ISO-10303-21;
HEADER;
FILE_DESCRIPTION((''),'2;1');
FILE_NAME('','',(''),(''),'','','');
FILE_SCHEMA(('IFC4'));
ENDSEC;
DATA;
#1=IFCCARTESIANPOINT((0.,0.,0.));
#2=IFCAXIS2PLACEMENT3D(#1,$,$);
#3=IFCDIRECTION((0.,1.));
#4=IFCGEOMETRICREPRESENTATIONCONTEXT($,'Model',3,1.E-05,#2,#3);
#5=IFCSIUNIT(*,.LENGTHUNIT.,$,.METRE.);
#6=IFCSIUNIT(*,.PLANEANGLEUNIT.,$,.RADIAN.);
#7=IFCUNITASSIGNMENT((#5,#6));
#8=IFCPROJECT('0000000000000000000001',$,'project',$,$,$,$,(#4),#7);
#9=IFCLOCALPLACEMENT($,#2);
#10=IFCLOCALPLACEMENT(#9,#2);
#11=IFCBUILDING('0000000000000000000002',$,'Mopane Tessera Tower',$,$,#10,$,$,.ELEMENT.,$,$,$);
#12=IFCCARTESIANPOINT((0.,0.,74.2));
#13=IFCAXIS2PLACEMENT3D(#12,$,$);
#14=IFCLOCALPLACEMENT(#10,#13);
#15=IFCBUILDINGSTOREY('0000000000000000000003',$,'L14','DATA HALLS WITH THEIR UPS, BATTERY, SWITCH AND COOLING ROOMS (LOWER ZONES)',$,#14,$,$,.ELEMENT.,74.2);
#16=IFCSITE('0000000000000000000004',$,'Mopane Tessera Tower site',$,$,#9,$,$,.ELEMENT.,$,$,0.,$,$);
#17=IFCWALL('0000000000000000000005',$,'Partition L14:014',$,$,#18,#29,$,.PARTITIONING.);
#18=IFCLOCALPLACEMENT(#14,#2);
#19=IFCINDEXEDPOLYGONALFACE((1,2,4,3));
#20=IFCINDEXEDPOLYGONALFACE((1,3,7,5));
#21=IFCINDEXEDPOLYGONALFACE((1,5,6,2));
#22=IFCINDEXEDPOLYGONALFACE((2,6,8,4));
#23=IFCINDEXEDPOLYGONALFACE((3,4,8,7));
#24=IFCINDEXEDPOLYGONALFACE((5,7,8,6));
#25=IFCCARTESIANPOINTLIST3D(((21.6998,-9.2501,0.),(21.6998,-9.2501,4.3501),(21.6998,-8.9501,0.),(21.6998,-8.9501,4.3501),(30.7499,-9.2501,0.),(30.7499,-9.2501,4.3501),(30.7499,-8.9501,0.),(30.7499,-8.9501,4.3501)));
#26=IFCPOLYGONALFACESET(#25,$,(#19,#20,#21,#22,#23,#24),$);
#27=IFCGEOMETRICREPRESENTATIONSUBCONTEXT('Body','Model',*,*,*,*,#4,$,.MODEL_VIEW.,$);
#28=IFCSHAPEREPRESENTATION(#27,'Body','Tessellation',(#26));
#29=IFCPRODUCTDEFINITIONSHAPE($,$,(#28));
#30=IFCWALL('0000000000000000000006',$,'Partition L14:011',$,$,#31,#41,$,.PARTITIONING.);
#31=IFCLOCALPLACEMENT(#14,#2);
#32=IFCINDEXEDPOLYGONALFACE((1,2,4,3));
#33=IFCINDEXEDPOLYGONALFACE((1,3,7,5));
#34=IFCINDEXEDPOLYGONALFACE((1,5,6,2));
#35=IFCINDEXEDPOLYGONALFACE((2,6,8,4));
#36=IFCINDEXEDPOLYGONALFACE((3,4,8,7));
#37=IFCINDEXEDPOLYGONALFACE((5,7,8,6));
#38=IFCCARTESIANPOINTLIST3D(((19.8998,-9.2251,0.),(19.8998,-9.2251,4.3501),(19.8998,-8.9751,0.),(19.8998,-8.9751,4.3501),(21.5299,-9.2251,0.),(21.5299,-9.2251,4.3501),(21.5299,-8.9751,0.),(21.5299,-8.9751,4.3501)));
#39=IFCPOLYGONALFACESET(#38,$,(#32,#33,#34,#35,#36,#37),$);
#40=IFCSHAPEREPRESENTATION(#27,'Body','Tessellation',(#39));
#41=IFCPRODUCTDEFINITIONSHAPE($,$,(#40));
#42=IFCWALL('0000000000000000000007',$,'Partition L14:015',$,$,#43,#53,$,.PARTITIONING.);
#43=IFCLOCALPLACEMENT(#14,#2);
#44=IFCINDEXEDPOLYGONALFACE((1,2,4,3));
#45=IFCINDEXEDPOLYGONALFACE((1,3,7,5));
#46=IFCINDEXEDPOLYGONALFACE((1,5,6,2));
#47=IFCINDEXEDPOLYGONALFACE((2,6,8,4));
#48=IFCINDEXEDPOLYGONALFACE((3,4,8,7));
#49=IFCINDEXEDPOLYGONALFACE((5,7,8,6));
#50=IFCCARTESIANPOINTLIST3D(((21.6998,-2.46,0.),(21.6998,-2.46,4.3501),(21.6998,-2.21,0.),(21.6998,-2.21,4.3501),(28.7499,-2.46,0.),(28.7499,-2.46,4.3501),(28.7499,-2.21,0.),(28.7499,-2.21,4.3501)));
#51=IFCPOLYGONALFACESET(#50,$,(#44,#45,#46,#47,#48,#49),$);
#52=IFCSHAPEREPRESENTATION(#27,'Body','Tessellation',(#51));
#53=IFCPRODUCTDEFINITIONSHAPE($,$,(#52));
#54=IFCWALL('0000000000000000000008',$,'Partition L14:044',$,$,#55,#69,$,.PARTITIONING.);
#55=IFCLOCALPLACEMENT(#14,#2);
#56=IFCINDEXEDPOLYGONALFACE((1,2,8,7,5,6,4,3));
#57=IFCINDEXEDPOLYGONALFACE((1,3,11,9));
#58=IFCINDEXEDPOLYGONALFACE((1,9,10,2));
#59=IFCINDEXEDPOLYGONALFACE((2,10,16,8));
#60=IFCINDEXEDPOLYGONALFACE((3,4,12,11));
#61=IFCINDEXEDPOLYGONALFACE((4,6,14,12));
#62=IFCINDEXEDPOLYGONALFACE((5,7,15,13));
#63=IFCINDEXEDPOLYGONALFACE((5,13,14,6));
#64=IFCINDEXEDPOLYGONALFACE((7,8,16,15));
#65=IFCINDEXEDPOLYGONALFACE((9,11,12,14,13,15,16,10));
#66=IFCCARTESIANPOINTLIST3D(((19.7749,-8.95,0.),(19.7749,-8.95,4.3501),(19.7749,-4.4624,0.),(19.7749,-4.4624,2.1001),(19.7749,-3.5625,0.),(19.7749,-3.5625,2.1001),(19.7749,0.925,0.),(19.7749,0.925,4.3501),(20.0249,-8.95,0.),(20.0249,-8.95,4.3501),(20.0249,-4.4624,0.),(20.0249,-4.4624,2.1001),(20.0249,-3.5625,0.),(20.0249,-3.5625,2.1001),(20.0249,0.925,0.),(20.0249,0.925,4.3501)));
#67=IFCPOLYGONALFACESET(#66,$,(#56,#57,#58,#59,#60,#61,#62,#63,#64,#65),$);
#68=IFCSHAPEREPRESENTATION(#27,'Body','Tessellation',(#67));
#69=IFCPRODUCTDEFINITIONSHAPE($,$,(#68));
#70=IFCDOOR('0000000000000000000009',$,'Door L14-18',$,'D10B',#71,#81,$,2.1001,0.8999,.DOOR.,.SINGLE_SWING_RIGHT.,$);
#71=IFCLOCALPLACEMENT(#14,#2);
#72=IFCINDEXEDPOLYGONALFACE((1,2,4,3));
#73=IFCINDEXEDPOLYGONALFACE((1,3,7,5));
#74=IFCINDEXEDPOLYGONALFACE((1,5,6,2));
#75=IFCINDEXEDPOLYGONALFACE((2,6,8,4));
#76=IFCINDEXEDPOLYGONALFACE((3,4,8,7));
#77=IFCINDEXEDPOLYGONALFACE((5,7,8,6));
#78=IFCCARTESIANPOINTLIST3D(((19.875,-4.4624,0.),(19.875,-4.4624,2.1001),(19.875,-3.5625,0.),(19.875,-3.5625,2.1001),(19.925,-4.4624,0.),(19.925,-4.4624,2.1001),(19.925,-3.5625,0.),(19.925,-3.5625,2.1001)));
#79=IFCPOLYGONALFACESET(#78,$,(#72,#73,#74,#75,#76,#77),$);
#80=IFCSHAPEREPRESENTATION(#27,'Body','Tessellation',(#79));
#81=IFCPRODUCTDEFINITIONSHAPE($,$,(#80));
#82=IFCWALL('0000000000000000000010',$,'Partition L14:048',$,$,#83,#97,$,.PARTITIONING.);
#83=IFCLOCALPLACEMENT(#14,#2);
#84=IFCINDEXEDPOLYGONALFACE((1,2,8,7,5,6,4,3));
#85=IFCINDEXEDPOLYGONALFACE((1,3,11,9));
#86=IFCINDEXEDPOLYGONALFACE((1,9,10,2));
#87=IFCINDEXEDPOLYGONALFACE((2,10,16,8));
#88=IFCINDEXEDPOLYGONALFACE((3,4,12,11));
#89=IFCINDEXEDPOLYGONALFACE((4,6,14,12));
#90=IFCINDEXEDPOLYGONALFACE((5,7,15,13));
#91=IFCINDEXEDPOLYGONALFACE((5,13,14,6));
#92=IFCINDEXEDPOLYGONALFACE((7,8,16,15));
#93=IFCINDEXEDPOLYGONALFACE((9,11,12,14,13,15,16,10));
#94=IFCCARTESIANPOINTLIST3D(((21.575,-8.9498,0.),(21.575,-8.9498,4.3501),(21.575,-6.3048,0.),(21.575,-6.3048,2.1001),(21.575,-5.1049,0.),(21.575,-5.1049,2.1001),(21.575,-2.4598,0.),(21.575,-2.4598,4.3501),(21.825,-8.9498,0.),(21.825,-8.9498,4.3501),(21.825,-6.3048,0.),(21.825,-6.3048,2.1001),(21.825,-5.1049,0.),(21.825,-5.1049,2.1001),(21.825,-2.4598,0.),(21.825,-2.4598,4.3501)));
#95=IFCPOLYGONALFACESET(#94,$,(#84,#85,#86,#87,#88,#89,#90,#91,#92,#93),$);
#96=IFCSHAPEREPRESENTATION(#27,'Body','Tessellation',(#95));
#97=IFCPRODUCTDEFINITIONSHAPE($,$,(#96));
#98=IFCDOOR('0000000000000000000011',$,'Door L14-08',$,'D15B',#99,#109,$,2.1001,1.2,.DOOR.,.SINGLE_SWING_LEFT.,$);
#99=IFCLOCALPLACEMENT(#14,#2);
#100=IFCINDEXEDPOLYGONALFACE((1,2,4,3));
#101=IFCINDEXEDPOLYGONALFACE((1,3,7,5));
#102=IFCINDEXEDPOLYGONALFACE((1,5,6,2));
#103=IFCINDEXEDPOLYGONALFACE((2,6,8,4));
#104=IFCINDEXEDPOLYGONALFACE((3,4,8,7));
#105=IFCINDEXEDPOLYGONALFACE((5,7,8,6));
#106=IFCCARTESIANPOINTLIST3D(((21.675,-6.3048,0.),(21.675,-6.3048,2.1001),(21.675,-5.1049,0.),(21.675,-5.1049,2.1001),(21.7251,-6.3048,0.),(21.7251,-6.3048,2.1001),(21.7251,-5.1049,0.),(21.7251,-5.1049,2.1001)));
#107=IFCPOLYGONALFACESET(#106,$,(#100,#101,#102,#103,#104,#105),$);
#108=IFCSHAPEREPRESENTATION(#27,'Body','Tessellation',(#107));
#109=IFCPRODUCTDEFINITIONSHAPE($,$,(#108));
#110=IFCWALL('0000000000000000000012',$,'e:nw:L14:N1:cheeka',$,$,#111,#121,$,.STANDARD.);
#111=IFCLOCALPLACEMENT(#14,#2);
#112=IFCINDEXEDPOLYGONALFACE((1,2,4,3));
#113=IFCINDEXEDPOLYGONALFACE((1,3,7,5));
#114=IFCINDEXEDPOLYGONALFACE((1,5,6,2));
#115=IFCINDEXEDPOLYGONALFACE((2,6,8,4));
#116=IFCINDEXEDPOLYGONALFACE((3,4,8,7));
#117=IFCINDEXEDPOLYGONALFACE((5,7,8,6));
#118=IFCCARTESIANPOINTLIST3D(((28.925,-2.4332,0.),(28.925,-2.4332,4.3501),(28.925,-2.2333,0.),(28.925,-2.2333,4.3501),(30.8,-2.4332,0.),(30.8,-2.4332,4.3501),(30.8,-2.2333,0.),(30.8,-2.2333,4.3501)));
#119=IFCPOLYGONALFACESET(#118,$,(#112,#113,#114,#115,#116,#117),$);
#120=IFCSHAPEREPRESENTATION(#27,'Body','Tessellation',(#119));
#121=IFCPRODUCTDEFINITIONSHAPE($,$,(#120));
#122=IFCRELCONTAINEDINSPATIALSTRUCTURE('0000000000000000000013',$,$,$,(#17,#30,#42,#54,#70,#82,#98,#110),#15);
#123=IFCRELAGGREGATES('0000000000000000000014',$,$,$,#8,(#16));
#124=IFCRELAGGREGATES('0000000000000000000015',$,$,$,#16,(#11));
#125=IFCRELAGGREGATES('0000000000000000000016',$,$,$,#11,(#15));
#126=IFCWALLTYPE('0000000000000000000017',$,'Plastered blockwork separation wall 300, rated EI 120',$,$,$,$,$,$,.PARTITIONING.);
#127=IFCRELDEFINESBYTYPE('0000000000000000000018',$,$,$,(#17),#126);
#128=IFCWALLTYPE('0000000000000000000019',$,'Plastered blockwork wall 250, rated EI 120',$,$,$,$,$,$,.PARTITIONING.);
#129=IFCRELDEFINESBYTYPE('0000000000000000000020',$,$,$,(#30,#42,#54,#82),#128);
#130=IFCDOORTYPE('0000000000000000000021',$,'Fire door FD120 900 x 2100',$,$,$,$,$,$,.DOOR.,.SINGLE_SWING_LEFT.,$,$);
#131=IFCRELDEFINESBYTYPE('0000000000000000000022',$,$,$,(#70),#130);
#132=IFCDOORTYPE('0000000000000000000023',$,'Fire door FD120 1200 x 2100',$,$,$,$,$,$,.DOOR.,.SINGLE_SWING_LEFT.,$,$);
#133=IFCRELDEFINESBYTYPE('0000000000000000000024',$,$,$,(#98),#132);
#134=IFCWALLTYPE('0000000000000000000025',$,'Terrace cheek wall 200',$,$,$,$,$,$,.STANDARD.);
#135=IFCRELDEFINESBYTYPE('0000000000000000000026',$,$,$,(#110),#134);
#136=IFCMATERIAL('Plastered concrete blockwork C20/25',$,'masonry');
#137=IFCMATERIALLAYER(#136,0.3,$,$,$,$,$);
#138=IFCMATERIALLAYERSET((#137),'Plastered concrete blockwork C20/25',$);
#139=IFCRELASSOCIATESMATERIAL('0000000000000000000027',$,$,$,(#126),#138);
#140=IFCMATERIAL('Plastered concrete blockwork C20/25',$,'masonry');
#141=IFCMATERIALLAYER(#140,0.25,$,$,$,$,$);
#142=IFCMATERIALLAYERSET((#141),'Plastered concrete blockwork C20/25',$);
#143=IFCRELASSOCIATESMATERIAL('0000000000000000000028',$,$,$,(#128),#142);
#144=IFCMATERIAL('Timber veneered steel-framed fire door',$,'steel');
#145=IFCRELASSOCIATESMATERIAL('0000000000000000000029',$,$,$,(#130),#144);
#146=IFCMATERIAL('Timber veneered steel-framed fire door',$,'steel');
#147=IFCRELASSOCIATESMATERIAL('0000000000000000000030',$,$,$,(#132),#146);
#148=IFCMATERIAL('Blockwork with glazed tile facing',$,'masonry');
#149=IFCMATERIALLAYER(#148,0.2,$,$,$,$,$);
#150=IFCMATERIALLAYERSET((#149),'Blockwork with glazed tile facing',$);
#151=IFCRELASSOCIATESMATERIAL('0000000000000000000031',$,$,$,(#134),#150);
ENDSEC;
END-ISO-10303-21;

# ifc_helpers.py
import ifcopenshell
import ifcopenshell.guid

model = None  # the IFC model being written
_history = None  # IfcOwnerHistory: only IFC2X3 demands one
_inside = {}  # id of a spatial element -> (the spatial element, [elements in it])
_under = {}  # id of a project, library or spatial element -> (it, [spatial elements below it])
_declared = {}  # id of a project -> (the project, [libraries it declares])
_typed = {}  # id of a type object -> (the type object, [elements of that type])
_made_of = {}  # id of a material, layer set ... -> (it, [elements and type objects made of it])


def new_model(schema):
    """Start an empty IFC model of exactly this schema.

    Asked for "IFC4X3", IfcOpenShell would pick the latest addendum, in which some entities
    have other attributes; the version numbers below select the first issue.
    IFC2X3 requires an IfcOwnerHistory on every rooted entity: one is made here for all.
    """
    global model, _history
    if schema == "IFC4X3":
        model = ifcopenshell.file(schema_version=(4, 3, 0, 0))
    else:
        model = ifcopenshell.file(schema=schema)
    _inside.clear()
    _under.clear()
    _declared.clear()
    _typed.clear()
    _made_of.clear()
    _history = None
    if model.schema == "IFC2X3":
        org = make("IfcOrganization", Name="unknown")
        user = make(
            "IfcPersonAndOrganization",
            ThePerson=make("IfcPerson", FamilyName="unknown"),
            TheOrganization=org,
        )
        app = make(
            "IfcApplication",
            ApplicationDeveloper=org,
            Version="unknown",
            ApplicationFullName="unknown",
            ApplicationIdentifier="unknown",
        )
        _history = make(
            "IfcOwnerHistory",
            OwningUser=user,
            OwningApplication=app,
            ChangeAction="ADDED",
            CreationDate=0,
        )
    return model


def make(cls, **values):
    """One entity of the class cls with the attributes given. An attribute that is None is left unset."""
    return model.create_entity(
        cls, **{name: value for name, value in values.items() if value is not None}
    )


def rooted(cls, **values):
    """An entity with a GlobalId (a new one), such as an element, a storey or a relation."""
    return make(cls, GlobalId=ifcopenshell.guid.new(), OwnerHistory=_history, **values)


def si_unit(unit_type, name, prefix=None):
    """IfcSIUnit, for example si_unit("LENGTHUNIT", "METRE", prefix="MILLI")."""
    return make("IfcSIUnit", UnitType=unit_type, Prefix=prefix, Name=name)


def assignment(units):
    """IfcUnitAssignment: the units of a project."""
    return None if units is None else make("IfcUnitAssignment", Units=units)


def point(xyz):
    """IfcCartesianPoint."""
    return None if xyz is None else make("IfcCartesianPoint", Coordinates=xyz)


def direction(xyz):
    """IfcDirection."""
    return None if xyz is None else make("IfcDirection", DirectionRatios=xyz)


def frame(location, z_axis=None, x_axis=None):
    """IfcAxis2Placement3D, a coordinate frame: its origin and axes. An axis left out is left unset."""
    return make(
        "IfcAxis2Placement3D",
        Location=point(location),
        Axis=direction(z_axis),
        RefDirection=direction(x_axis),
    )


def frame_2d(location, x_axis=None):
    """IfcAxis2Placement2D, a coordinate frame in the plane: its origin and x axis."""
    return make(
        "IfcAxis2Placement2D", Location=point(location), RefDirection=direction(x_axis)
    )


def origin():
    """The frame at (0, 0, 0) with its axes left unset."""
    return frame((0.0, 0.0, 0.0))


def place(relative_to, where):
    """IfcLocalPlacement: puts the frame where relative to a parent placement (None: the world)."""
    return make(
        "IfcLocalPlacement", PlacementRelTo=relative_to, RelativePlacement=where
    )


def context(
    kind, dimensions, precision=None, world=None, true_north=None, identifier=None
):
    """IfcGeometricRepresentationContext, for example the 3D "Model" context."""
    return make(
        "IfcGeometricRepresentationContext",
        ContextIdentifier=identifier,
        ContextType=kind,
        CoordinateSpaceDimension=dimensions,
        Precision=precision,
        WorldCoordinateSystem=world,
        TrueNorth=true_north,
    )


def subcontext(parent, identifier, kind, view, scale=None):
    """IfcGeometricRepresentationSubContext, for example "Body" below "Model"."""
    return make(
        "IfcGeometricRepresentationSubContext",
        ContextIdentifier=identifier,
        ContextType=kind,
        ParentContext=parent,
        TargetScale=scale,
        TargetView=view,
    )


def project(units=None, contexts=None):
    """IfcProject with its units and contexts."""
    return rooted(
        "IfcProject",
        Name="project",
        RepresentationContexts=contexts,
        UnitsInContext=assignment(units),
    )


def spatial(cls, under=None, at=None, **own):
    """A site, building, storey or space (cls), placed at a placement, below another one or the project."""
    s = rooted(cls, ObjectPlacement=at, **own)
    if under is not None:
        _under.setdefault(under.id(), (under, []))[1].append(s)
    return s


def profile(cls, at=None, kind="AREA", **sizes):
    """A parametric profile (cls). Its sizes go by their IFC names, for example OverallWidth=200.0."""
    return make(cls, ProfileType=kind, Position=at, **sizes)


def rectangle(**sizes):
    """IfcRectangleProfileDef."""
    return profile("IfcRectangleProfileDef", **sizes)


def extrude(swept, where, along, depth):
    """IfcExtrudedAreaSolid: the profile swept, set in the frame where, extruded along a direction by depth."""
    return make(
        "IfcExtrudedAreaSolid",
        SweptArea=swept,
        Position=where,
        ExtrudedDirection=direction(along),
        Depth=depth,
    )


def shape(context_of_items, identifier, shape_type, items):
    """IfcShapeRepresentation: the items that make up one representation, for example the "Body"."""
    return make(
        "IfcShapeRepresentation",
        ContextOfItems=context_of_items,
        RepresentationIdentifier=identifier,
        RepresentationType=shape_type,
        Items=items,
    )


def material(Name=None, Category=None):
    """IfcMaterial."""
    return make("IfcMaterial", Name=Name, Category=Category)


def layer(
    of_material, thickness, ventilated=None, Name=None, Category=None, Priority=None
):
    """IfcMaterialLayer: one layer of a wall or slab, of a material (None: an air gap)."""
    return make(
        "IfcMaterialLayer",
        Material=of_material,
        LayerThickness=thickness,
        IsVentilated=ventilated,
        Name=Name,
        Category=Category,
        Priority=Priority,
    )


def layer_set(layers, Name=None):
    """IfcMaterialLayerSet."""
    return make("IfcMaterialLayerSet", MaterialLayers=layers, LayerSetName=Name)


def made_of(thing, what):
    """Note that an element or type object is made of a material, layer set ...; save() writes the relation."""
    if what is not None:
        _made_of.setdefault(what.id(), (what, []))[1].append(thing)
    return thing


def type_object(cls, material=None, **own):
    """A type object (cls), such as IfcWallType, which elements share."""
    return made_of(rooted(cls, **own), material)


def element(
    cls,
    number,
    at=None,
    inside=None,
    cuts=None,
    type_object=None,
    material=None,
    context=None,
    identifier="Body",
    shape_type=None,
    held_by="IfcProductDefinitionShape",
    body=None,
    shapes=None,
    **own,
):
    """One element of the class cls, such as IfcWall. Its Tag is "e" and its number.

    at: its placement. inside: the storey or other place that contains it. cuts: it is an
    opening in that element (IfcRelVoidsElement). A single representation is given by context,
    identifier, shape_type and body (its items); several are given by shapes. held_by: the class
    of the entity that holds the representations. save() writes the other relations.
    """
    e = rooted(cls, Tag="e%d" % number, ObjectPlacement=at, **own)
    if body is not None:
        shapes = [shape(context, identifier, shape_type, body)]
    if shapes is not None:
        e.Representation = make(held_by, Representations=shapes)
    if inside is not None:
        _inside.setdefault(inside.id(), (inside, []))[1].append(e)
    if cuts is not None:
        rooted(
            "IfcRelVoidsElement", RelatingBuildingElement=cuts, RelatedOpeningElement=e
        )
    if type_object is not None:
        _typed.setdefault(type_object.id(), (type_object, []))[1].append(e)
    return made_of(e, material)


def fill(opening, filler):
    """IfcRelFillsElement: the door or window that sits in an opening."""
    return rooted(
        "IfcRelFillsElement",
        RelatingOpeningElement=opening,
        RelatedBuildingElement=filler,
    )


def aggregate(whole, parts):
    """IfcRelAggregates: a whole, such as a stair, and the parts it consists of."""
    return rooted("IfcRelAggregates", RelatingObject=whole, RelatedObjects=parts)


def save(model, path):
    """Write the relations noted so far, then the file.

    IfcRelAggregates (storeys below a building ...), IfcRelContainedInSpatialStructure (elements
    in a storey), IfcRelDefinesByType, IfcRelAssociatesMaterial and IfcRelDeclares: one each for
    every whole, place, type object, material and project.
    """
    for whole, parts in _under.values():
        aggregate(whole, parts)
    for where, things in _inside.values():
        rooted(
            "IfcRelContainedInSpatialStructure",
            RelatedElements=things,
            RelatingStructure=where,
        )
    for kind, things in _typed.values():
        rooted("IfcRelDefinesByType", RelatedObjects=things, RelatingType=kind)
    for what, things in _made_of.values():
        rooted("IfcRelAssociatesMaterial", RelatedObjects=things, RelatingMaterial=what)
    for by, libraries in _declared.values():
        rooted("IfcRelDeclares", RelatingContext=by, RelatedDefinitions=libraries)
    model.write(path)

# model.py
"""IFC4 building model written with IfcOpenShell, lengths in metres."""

from ifc_helpers import new_model, si_unit, direction, frame, frame_2d, origin, place, context, subcontext, project, spatial, rectangle, extrude, material, layer, layer_set, type_object, element, fill, save


model = new_model("IFC4")

# Units and contexts
model_context = context("Model", 3, precision=1e-05, world=origin(), true_north=direction((0.0, 1.0)))
body_context = subcontext(model_context, "Body", "Model", "MODEL_VIEW")
ifc_project = project(units=[si_unit("LENGTHUNIT", "METRE"), si_unit("PLANEANGLEUNIT", "RADIAN")], contexts=[model_context])

# Site, building, storey
site_placement = place(None, origin())
site = spatial("IfcSite", under=ifc_project, at=site_placement, Name="Mopane Tessera Tower site", CompositionType="ELEMENT", RefElevation=0.0)
building_placement = place(site_placement, origin())
building = spatial("IfcBuilding", under=site, at=building_placement, Name="Mopane Tessera Tower", CompositionType="ELEMENT")
storey_placement = place(building_placement, frame((0.0, 0.0, 74.2)))
storey = spatial("IfcBuildingStorey", under=building, at=storey_placement, Name="L14", Description="DATA HALLS WITH THEIR UPS, BATTERY, SWITCH AND COOLING ROOMS (LOWER ZONES)", CompositionType="ELEMENT", Elevation=74.2)

# Walls
ifc_material_1 = material(Name="Plastered concrete blockwork C20/25", Category="masonry")
ifc_layer_1 = layer(ifc_material_1, 0.3)
ifc_layer_set_1 = layer_set([ifc_layer_1], Name="Plastered concrete blockwork C20/25")
wall_type_1 = type_object("IfcWallType", Name="Plastered blockwork separation wall 300, rated EI 120", PredefinedType="PARTITIONING", material=ifc_layer_set_1)
wall_1_placement = place(storey_placement, frame((21.7, -9.1001, 0.0), z_axis=(0.0, 0.0, 1.0), x_axis=(1.0, 0.0, 0.0)))
element("IfcWall", 1, at=wall_1_placement, inside=storey, type_object=wall_type_1, Name="Partition L14:014", PredefinedType="PARTITIONING", context=body_context, shape_type="SweptSolid", body=[
    extrude(rectangle(XDim=9.05, YDim=0.3, at=frame_2d((4.5249, 0.0))), origin(), (0.0, 0.0, 1.0), 4.3501),
])
ifc_material_2 = material(Name="Plastered concrete blockwork C20/25", Category="masonry")
ifc_layer_2 = layer(ifc_material_2, 0.25)
ifc_layer_set_2 = layer_set([ifc_layer_2], Name="Plastered concrete blockwork C20/25")
wall_type_2 = type_object("IfcWallType", Name="Plastered blockwork wall 250, rated EI 120", PredefinedType="PARTITIONING", material=ifc_layer_set_2)
wall_2_placement = place(storey_placement, frame((19.8999, -9.1001, 0.0), z_axis=(0.0, 0.0, 1.0), x_axis=(1.0, 0.0, 0.0)))
element("IfcWall", 2, at=wall_2_placement, inside=storey, type_object=wall_type_2, Name="Partition L14:011", PredefinedType="PARTITIONING", context=body_context, shape_type="SweptSolid", body=[
    extrude(rectangle(XDim=1.6301, YDim=0.25, at=frame_2d((0.8149, 0.0))), origin(), (0.0, 0.0, 1.0), 4.3501),
])
wall_3_placement = place(storey_placement, frame((21.7, -2.335, 0.0), z_axis=(0.0, 0.0, 1.0), x_axis=(1.0, 0.0, 0.0)))
element("IfcWall", 3, at=wall_3_placement, inside=storey, type_object=wall_type_2, Name="Partition L14:015", PredefinedType="PARTITIONING", context=body_context, shape_type="SweptSolid", body=[
    extrude(rectangle(XDim=7.05, YDim=0.25, at=frame_2d((3.5249, 0.0))), origin(), (0.0, 0.0, 1.0), 4.3501),
])

# Walls, openings, doors
wall_4_placement = place(storey_placement, frame((19.8999, -8.95, 0.0), z_axis=(0.0, 0.0, 1.0), x_axis=(0.0, 1.0, 0.0)))
wall_4 = element("IfcWall", 4, at=wall_4_placement, inside=storey, type_object=wall_type_2, Name="Partition L14:044", PredefinedType="PARTITIONING", context=body_context, shape_type="SweptSolid", body=[
    extrude(rectangle(XDim=9.875, YDim=0.25, at=frame_2d((4.9375, 0.0))), origin(), (0.0, 0.0, 1.0), 4.3501),
])
opening_1_placement = place(wall_4_placement, frame((4.4875, 0.0, 0.0)))
opening_1 = element("IfcOpeningElement", 5, at=opening_1_placement, cuts=wall_4, PredefinedType="OPENING", context=body_context, shape_type="SweptSolid", body=[
    extrude(rectangle(XDim=0.8999, YDim=2.1001, at=frame_2d((0.45, 1.05))), frame((0.0, 0.137, 0.0), z_axis=(0.0, -1.0, 0.0), x_axis=(1.0, 0.0, 0.0)), (0.0, 0.0, 1.0), 0.2739),
])
ifc_material_3 = material(Name="Timber veneered steel-framed fire door", Category="steel")
door_type_1 = type_object("IfcDoorType", Name="Fire door FD120 900 x 2100", OperationType="SINGLE_SWING_LEFT", PredefinedType="DOOR", material=ifc_material_3)
door_1_placement = place(opening_1_placement, origin())
door_1 = element("IfcDoor", 6, at=door_1_placement, inside=storey, type_object=door_type_1, Name="Door L14-18", ObjectType="D10B", OperationType="SINGLE_SWING_RIGHT", OverallHeight=2.1001, OverallWidth=0.8999, PredefinedType="DOOR", context=body_context, shape_type="SweptSolid", body=[
    extrude(rectangle(XDim=0.8999, YDim=2.1001, at=frame_2d((0.45, 1.05))), frame((0.0, 0.0249, 0.0), z_axis=(0.0, -1.0, 0.0), x_axis=(1.0, 0.0, 0.0)), (0.0, 0.0, 1.0), 0.05),
])
fill(opening_1, door_1)
wall_5_placement = place(storey_placement, frame((21.7, -8.95, 0.0), z_axis=(0.0, 0.0, 1.0), x_axis=(0.0, 1.0, 0.0)))
wall_5 = element("IfcWall", 7, at=wall_5_placement, inside=storey, type_object=wall_type_2, Name="Partition L14:048", PredefinedType="PARTITIONING", context=body_context, shape_type="SweptSolid", body=[
    extrude(rectangle(XDim=6.49, YDim=0.25, at=frame_2d((3.2451, 0.0))), origin(), (0.0, 0.0, 1.0), 4.3501),
])
opening_2_placement = place(wall_5_placement, frame((2.645, 0.0, 0.0)))
opening_2 = element("IfcOpeningElement", 8, at=opening_2_placement, cuts=wall_5, PredefinedType="OPENING", context=body_context, shape_type="SweptSolid", body=[
    extrude(rectangle(XDim=1.2, YDim=2.1001, at=frame_2d((0.6001, 1.05))), frame((0.0, 0.137, 0.0), z_axis=(0.0, -1.0, 0.0), x_axis=(1.0, 0.0, 0.0)), (0.0, 0.0, 1.0), 0.2739),
])
ifc_material_4 = material(Name="Timber veneered steel-framed fire door", Category="steel")
door_type_2 = type_object("IfcDoorType", Name="Fire door FD120 1200 x 2100", OperationType="SINGLE_SWING_LEFT", PredefinedType="DOOR", material=ifc_material_4)
door_2_placement = place(opening_2_placement, origin())
door_2 = element("IfcDoor", 9, at=door_2_placement, inside=storey, type_object=door_type_2, Name="Door L14-08", ObjectType="D15B", OperationType="SINGLE_SWING_LEFT", OverallHeight=2.1001, OverallWidth=1.2, PredefinedType="DOOR", context=body_context, shape_type="SweptSolid", body=[
    extrude(rectangle(XDim=1.2, YDim=2.1001, at=frame_2d((0.6001, 1.05))), frame((0.0, 0.0249, 0.0), z_axis=(0.0, -1.0, 0.0), x_axis=(1.0, 0.0, 0.0)), (0.0, 0.0, 1.0), 0.05),
])
fill(opening_2, door_2)

# Wall
ifc_material_5 = material(Name="Blockwork with glazed tile facing", Category="masonry")
ifc_layer_3 = layer(ifc_material_5, 0.2)
ifc_layer_set_3 = layer_set([ifc_layer_3], Name="Blockwork with glazed tile facing")
wall_type_3 = type_object("IfcWallType", Name="Terrace cheek wall 200", PredefinedType="STANDARD", material=ifc_layer_set_3)
wall_6_placement = place(storey_placement, frame((30.8, -2.3333, 0.0), z_axis=(0.0, 0.0, 1.0), x_axis=(-1.0, 0.0, 0.0)))
element("IfcWall", 10, at=wall_6_placement, inside=storey, type_object=wall_type_3, Name="e:nw:L14:N1:cheeka", PredefinedType="STANDARD", context=body_context, shape_type="SweptSolid", body=[
    extrude(rectangle(XDim=1.875, YDim=0.2, at=frame_2d((0.9375, 0.0))), origin(), (0.0, 0.0, 1.0), 4.3501),
])

save(model, "model.ifc")
